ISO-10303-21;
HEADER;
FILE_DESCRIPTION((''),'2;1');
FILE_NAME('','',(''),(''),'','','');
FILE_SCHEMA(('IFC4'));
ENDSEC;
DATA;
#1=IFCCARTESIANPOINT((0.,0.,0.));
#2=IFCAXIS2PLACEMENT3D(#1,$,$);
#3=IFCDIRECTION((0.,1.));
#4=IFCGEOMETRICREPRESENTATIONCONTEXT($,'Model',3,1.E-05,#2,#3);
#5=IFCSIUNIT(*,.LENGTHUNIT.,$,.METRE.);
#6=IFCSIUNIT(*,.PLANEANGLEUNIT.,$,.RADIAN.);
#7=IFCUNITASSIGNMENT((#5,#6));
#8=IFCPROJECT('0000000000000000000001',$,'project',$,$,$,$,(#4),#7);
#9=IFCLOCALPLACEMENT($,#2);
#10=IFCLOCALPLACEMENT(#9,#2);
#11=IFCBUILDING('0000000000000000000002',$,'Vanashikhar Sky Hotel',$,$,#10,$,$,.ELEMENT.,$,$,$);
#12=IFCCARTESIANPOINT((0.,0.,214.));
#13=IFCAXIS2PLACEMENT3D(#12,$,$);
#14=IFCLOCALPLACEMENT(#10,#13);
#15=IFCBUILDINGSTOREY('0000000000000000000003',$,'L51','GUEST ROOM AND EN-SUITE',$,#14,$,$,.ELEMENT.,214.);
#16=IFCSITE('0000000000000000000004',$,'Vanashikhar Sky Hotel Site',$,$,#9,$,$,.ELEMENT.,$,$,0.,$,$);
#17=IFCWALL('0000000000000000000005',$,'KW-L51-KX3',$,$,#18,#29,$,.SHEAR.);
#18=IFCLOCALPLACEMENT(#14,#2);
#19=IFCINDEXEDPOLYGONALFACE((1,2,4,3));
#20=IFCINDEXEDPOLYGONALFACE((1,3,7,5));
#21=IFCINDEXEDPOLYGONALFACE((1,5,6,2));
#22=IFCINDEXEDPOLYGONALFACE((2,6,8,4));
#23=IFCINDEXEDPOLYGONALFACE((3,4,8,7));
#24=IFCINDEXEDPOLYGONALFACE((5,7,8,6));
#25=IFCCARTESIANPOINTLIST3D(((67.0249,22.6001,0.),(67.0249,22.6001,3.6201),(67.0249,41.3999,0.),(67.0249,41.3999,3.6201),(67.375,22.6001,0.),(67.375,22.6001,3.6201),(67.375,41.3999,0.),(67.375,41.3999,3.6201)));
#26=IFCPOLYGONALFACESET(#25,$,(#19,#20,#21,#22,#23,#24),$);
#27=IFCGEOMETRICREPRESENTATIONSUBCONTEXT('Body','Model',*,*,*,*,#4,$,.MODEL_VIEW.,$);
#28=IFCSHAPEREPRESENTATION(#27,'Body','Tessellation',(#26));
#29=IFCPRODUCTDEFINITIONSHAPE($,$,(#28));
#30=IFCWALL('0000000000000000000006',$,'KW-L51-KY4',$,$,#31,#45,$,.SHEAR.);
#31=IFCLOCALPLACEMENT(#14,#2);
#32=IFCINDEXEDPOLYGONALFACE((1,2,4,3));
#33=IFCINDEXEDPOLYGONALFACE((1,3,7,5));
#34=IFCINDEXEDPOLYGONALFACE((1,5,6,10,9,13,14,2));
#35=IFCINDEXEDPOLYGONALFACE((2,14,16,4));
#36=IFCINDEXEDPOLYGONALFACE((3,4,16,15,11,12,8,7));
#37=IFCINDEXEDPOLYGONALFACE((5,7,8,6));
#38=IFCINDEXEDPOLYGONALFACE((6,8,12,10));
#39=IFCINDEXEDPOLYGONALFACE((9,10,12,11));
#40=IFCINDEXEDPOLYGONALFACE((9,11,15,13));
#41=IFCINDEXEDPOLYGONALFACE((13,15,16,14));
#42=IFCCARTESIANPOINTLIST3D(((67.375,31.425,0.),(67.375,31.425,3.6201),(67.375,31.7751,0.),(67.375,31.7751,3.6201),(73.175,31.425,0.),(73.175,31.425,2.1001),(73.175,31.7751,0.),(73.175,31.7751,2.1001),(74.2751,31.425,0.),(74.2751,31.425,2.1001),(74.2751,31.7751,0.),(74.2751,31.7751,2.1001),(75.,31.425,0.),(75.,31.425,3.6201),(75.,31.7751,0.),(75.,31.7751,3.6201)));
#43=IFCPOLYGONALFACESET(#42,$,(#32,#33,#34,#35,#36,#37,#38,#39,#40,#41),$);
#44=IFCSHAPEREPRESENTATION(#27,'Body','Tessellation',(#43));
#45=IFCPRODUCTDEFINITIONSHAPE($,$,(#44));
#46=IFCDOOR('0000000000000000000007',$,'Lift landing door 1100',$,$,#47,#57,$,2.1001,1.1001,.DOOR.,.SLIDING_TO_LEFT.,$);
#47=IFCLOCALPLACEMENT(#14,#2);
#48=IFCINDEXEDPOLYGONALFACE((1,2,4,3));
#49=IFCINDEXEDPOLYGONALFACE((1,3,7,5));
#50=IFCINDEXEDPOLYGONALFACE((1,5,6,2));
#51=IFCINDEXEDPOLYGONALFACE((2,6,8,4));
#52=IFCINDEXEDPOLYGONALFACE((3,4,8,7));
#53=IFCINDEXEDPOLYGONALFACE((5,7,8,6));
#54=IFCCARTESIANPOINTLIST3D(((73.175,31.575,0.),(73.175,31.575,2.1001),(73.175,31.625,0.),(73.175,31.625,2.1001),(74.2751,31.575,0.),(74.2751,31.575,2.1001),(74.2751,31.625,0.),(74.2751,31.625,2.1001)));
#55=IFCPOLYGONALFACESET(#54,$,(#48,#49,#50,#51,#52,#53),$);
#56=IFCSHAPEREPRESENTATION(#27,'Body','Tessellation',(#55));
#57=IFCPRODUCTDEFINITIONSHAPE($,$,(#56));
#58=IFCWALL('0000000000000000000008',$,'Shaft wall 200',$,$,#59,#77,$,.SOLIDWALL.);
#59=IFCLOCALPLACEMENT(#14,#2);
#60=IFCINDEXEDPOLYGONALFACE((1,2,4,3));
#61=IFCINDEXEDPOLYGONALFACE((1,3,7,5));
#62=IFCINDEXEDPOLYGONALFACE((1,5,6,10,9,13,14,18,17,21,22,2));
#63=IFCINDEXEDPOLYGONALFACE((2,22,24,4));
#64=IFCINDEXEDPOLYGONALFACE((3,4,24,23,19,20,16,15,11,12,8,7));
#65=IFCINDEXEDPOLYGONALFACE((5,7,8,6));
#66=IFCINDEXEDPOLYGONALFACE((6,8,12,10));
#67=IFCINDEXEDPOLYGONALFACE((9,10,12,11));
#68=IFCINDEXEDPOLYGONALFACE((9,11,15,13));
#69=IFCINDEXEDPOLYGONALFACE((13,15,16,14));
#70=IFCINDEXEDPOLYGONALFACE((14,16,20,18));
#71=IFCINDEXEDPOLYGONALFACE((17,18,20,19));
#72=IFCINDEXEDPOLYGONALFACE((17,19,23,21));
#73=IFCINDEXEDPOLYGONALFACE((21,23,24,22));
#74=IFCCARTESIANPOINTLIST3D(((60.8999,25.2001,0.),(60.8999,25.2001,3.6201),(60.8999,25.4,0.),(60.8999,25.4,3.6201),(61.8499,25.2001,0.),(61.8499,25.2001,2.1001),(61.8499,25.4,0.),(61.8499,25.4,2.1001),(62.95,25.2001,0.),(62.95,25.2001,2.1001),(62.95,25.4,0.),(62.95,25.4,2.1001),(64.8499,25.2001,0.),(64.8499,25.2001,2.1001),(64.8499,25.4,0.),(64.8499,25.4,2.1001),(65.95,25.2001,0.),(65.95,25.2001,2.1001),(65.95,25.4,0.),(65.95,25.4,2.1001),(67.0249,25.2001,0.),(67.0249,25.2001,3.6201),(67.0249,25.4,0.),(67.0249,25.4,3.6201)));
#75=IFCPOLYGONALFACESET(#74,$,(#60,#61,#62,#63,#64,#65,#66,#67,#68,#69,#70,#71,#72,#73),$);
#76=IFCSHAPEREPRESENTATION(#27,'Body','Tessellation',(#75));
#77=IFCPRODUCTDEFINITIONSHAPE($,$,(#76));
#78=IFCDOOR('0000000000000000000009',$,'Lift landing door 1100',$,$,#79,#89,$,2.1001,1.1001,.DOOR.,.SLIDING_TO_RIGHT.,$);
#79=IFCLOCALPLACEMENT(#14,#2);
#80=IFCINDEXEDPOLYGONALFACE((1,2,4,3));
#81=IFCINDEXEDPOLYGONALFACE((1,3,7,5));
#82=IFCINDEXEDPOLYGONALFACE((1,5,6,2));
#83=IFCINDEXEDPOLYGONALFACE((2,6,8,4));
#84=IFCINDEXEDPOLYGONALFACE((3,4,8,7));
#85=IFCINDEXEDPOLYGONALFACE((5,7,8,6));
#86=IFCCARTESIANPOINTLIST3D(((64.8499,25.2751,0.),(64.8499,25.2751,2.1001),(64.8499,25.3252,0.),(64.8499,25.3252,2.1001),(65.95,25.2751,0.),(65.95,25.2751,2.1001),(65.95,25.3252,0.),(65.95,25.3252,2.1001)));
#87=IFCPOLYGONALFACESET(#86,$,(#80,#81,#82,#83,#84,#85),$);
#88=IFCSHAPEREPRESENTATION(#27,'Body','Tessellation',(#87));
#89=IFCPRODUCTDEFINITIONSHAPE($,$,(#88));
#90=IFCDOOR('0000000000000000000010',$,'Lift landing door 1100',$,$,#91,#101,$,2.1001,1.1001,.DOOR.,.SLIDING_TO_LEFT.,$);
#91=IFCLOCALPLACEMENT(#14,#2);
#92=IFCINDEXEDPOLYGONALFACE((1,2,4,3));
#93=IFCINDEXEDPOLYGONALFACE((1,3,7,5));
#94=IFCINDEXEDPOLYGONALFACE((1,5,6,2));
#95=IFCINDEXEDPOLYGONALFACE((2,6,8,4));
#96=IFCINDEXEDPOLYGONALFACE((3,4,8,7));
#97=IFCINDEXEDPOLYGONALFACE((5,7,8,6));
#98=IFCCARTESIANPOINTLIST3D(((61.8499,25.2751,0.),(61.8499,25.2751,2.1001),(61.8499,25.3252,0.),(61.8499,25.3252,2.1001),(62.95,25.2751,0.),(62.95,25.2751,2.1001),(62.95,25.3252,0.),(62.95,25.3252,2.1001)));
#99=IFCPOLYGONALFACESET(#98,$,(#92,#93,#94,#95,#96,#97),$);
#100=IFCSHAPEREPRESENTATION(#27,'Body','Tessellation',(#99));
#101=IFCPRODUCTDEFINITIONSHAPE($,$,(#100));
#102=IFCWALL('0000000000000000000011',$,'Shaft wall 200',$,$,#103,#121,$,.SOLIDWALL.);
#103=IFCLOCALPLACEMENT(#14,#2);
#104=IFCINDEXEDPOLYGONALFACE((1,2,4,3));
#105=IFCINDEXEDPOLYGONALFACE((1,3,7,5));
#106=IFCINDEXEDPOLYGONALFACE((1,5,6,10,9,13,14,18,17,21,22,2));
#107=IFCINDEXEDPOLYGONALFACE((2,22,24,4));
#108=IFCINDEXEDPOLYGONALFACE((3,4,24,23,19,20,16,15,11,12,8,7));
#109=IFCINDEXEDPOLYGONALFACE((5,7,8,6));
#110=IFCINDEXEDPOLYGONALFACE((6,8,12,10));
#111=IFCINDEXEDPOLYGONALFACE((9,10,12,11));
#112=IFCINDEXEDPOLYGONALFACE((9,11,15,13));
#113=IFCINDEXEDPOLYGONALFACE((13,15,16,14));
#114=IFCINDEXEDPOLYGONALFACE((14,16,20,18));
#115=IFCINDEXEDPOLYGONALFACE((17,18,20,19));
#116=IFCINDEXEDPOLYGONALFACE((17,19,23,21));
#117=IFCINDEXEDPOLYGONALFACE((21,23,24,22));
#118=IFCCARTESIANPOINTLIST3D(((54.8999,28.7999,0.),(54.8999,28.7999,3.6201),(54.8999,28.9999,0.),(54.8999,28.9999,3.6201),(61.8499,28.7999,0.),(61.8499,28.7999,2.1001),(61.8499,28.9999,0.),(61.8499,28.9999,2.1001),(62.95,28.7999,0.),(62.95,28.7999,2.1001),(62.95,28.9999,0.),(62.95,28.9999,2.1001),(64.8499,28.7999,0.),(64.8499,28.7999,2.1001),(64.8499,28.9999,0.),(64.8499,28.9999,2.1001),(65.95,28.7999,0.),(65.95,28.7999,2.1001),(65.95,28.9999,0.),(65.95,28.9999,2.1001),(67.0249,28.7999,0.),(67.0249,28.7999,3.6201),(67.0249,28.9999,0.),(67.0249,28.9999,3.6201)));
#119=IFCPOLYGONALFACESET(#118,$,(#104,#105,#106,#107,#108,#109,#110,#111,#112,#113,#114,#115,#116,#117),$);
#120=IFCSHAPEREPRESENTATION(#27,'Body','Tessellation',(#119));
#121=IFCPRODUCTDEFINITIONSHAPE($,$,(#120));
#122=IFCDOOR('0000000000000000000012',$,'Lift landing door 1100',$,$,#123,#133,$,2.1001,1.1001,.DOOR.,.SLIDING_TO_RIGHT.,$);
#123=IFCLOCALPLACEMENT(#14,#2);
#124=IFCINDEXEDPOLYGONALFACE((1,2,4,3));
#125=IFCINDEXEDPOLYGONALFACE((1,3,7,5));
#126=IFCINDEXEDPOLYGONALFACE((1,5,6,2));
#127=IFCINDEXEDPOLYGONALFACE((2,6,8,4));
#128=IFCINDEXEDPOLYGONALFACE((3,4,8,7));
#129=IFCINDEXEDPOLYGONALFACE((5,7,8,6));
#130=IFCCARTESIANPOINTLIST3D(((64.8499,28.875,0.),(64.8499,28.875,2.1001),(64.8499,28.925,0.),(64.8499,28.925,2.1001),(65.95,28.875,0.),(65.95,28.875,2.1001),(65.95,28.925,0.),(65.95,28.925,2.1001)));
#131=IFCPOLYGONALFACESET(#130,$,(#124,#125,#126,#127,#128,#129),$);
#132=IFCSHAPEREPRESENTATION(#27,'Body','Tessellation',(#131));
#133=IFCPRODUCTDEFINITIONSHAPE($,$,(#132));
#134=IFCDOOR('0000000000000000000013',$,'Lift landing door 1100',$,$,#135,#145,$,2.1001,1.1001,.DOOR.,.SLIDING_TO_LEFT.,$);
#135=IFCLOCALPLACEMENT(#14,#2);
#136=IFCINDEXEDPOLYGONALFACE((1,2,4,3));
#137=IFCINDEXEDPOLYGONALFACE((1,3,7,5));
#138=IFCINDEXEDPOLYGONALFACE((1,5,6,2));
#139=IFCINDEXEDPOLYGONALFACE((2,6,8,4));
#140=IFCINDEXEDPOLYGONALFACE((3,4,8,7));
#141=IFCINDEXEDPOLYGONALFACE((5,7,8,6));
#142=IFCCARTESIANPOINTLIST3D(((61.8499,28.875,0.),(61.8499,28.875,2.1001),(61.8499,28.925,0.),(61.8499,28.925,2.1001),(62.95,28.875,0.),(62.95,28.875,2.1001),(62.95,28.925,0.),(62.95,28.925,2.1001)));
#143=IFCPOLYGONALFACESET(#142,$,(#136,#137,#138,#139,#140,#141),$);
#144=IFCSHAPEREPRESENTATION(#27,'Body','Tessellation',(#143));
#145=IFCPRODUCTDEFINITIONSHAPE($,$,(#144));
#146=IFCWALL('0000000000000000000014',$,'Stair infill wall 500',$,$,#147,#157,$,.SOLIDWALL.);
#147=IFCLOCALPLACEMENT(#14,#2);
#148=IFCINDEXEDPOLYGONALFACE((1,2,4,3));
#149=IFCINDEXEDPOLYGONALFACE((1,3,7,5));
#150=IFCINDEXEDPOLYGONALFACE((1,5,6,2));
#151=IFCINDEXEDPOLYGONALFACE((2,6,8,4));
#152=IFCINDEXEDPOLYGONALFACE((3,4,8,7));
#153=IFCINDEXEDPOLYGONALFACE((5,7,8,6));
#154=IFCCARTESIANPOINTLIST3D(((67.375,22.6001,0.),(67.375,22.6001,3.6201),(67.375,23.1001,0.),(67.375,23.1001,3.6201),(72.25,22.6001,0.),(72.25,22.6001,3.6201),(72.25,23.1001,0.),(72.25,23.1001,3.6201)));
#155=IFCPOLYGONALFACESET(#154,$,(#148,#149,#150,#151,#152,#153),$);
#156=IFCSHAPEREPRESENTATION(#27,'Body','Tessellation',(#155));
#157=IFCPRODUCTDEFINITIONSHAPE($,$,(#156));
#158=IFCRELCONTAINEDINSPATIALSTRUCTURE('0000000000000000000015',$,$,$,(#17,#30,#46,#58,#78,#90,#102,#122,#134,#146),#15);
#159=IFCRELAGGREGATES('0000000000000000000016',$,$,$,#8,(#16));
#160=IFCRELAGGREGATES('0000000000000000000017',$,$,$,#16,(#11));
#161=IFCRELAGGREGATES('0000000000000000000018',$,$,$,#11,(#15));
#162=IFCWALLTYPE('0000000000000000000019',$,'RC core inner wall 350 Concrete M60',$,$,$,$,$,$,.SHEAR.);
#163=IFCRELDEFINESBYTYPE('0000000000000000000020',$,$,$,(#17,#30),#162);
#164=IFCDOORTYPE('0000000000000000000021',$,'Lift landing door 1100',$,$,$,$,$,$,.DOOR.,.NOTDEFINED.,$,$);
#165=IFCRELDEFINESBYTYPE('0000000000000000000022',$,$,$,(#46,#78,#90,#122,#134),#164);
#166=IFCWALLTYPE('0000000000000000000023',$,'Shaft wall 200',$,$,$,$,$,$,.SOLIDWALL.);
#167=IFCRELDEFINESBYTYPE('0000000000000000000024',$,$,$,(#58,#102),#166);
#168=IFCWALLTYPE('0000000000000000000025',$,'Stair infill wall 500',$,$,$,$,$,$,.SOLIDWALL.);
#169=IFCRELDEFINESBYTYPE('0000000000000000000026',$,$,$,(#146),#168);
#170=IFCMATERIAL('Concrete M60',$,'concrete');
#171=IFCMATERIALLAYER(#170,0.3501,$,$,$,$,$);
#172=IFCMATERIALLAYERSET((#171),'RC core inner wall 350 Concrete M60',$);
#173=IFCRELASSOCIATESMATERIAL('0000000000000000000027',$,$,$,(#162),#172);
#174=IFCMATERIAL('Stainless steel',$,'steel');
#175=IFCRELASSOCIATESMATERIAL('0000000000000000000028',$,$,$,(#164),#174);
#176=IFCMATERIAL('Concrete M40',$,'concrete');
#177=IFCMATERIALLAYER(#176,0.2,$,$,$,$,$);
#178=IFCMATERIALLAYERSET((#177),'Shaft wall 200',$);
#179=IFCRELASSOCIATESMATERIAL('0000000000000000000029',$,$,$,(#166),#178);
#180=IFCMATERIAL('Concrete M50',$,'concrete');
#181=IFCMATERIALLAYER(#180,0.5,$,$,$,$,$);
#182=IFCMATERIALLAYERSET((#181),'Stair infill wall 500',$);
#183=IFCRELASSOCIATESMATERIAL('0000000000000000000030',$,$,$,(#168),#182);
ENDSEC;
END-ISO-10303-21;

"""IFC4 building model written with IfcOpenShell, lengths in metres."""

from ifc_helpers import new_model, si_unit, direction, frame, frame_2d, origin, place, context, subcontext, project, spatial, rectangle, extrude, source, transform, mapped, material, layer, layer_set, type_object, element, fill, save


model = new_model("IFC4")

# Units and contexts
model_context = context("Model", 3, precision=1e-05, world=origin(), true_north=direction((0.0, 1.0)))
body_context = subcontext(model_context, "Body", "Model", "MODEL_VIEW")
ifc_project = project(units=[si_unit("LENGTHUNIT", "METRE"), si_unit("PLANEANGLEUNIT", "RADIAN")], contexts=[model_context])

# Site, building, storey
site_placement = place(None, origin())
site = spatial("IfcSite", under=ifc_project, at=site_placement, Name="Vanashikhar Sky Hotel Site", CompositionType="ELEMENT", RefElevation=0.0)
building_placement = place(site_placement, origin())
building = spatial("IfcBuilding", under=site, at=building_placement, Name="Vanashikhar Sky Hotel", CompositionType="ELEMENT")
storey_placement = place(building_placement, frame((0.0, 0.0, 214.0)))
storey = spatial("IfcBuildingStorey", under=building, at=storey_placement, Name="L51", Description="GUEST ROOM AND EN-SUITE", CompositionType="ELEMENT", Elevation=214.0)

# Wall
ifc_material_1 = material(Name="Concrete M60", Category="concrete")
ifc_layer_1 = layer(ifc_material_1, 0.3501)
ifc_layer_set_1 = layer_set([ifc_layer_1], Name="RC core inner wall 350 Concrete M60")
wall_type_1 = type_object("IfcWallType", Name="RC core inner wall 350 Concrete M60", PredefinedType="SHEAR", material=ifc_layer_set_1)
shared_shape_1 = source(origin(), body_context, "Body", "SweptSolid", [
    extrude(rectangle(XDim=18.7998, YDim=0.3501, at=frame_2d((9.3999, 0.0))), origin(), (0.0, 0.0, 1.0), 3.6201),
])
wall_1_placement = place(storey_placement, frame((67.2, 22.6001, 0.0), z_axis=(0.0, 0.0, 1.0), x_axis=(0.0, 1.0, 0.0)))
element("IfcWall", 1, at=wall_1_placement, inside=storey, type_object=wall_type_1, Name="KW-L51-KX3", PredefinedType="SHEAR", context=body_context, shape_type="MappedRepresentation", body=[
    mapped(shared_shape_1, transform((0.0, 0.0, 0.0), scale=1.0)),
])

# Wall, opening, door
shared_shape_2 = source(origin(), body_context, "Body", "SweptSolid", [
    extrude(rectangle(XDim=7.625, YDim=0.3501, at=frame_2d((3.8125, 0.0))), origin(), (0.0, 0.0, 1.0), 3.6201),
])
wall_2_placement = place(storey_placement, frame((67.375, 31.6001, 0.0), z_axis=(0.0, 0.0, 1.0), x_axis=(1.0, 0.0, 0.0)))
wall_2 = element("IfcWall", 2, at=wall_2_placement, inside=storey, type_object=wall_type_1, Name="KW-L51-KY4", PredefinedType="SHEAR", context=body_context, shape_type="MappedRepresentation", body=[
    mapped(shared_shape_2, transform((0.0, 0.0, 0.0), scale=1.0)),
])
shared_shape_3 = source(origin(), body_context, "Body", "SweptSolid", [
    extrude(rectangle(XDim=1.1001, YDim=2.1001, at=frame_2d((0.55, 1.05))), frame((0.0, 0.1851, 0.0), z_axis=(0.0, -1.0, 0.0), x_axis=(1.0, 0.0, 0.0)), (0.0, 0.0, 1.0), 0.3701),
])
opening_1_placement = place(wall_2_placement, frame((5.8, 0.0, 0.0)))
opening_1 = element("IfcOpeningElement", 3, at=opening_1_placement, cuts=wall_2, PredefinedType="OPENING", context=body_context, shape_type="MappedRepresentation", body=[
    mapped(shared_shape_3, transform((0.0, 0.0, 0.0), scale=1.0)),
])
ifc_material_2 = material(Name="Stainless steel", Category="steel")
door_type = type_object("IfcDoorType", Name="Lift landing door 1100", OperationType="NOTDEFINED", PredefinedType="DOOR", material=ifc_material_2)
shared_shape_4 = source(origin(), body_context, "Body", "SweptSolid", [
    extrude(rectangle(XDim=1.1001, YDim=2.1001, at=frame_2d((0.55, 1.05))), frame((0.0, 0.0249, 0.0), z_axis=(0.0, -1.0, 0.0), x_axis=(1.0, 0.0, 0.0)), (0.0, 0.0, 1.0), 0.05),
])
door_1_placement = place(opening_1_placement, origin())
door_1 = element("IfcDoor", 4, at=door_1_placement, inside=storey, type_object=door_type, Name="Lift landing door 1100", OperationType="SLIDING_TO_LEFT", OverallHeight=2.1001, OverallWidth=1.1001, PredefinedType="DOOR", context=body_context, shape_type="MappedRepresentation", body=[
    mapped(shared_shape_4, transform((0.0, 0.0, 0.0), scale=1.0)),
])
fill(opening_1, door_1)

# Walls, openings, doors
ifc_material_3 = material(Name="Concrete M40", Category="concrete")
ifc_layer_2 = layer(ifc_material_3, 0.2)
ifc_layer_set_2 = layer_set([ifc_layer_2], Name="Shaft wall 200")
wall_type_2 = type_object("IfcWallType", Name="Shaft wall 200", PredefinedType="SOLIDWALL", material=ifc_layer_set_2)
shared_shape_5 = source(origin(), body_context, "Body", "SweptSolid", [
    extrude(rectangle(XDim=6.125, YDim=0.2, at=frame_2d((3.0625, 0.0))), origin(), (0.0, 0.0, 1.0), 3.6201),
])
wall_3_placement = place(storey_placement, frame((67.0249, 25.3, 0.0), z_axis=(0.0, 0.0, 1.0), x_axis=(-1.0, 0.0, 0.0)))
wall_3 = element("IfcWall", 5, at=wall_3_placement, inside=storey, type_object=wall_type_2, Name="Shaft wall 200", PredefinedType="SOLIDWALL", context=body_context, shape_type="MappedRepresentation", body=[
    mapped(shared_shape_5, transform((0.0, 0.0, 0.0), scale=1.0)),
])
shared_shape_6 = source(origin(), body_context, "Body", "SweptSolid", [
    extrude(rectangle(XDim=1.1001, YDim=2.1001, at=frame_2d((0.55, 1.05))), frame((0.0, 0.1099, 0.0), z_axis=(0.0, -1.0, 0.0), x_axis=(1.0, 0.0, 0.0)), (0.0, 0.0, 1.0), 0.22),
])
opening_2_placement = place(wall_3_placement, frame((1.075, 0.0, 0.0)))
opening_2 = element("IfcOpeningElement", 6, at=opening_2_placement, cuts=wall_3, PredefinedType="OPENING", context=body_context, shape_type="MappedRepresentation", body=[
    mapped(shared_shape_6, transform((0.0, 0.0, 0.0), scale=1.0)),
])
opening_3_placement = place(wall_3_placement, frame((4.075, 0.0, 0.0)))
opening_3 = element("IfcOpeningElement", 7, at=opening_3_placement, cuts=wall_3, PredefinedType="OPENING", context=body_context, shape_type="MappedRepresentation", body=[
    mapped(shared_shape_6, transform((0.0, 0.0, 0.0), scale=1.0)),
])
door_2_placement = place(opening_2_placement, origin())
door_2 = element("IfcDoor", 8, at=door_2_placement, inside=storey, type_object=door_type, Name="Lift landing door 1100", OperationType="SLIDING_TO_RIGHT", OverallHeight=2.1001, OverallWidth=1.1001, PredefinedType="DOOR", context=body_context, shape_type="MappedRepresentation", body=[
    mapped(shared_shape_4, transform((0.0, 0.0, 0.0), scale=1.0)),
])
fill(opening_2, door_2)
door_3_placement = place(opening_3_placement, origin())
door_3 = element("IfcDoor", 9, at=door_3_placement, inside=storey, type_object=door_type, Name="Lift landing door 1100", OperationType="SLIDING_TO_LEFT", OverallHeight=2.1001, OverallWidth=1.1001, PredefinedType="DOOR", context=body_context, shape_type="MappedRepresentation", body=[
    mapped(shared_shape_4, transform((0.0, 0.0, 0.0), scale=1.0)),
])
fill(opening_3, door_3)
shared_shape_7 = source(origin(), body_context, "Body", "SweptSolid", [
    extrude(rectangle(XDim=12.125, YDim=0.2, at=frame_2d((6.0625, 0.0))), origin(), (0.0, 0.0, 1.0), 3.6201),
])
wall_4_placement = place(storey_placement, frame((67.0249, 28.8999, 0.0), z_axis=(0.0, 0.0, 1.0), x_axis=(-1.0, 0.0, 0.0)))
wall_4 = element("IfcWall", 10, at=wall_4_placement, inside=storey, type_object=wall_type_2, Name="Shaft wall 200", PredefinedType="SOLIDWALL", context=body_context, shape_type="MappedRepresentation", body=[
    mapped(shared_shape_7, transform((0.0, 0.0, 0.0), scale=1.0)),
])
opening_4_placement = place(wall_4_placement, frame((1.075, 0.0, 0.0)))
opening_4 = element("IfcOpeningElement", 11, at=opening_4_placement, cuts=wall_4, PredefinedType="OPENING", context=body_context, shape_type="MappedRepresentation", body=[
    mapped(shared_shape_6, transform((0.0, 0.0, 0.0), scale=1.0)),
])
opening_5_placement = place(wall_4_placement, frame((4.075, 0.0, 0.0)))
opening_5 = element("IfcOpeningElement", 12, at=opening_5_placement, cuts=wall_4, PredefinedType="OPENING", context=body_context, shape_type="MappedRepresentation", body=[
    mapped(shared_shape_6, transform((0.0, 0.0, 0.0), scale=1.0)),
])
door_4_placement = place(opening_4_placement, origin())
door_4 = element("IfcDoor", 13, at=door_4_placement, inside=storey, type_object=door_type, Name="Lift landing door 1100", OperationType="SLIDING_TO_RIGHT", OverallHeight=2.1001, OverallWidth=1.1001, PredefinedType="DOOR", context=body_context, shape_type="MappedRepresentation", body=[
    mapped(shared_shape_4, transform((0.0, 0.0, 0.0), scale=1.0)),
])
fill(opening_4, door_4)
door_5_placement = place(opening_5_placement, origin())
door_5 = element("IfcDoor", 14, at=door_5_placement, inside=storey, type_object=door_type, Name="Lift landing door 1100", OperationType="SLIDING_TO_LEFT", OverallHeight=2.1001, OverallWidth=1.1001, PredefinedType="DOOR", context=body_context, shape_type="MappedRepresentation", body=[
    mapped(shared_shape_4, transform((0.0, 0.0, 0.0), scale=1.0)),
])
fill(opening_5, door_5)

# Wall
ifc_material_4 = material(Name="Concrete M50", Category="concrete")
ifc_layer_3 = layer(ifc_material_4, 0.5)
ifc_layer_set_3 = layer_set([ifc_layer_3], Name="Stair infill wall 500")
wall_type_3 = type_object("IfcWallType", Name="Stair infill wall 500", PredefinedType="SOLIDWALL", material=ifc_layer_set_3)
shared_shape_8 = source(origin(), body_context, "Body", "SweptSolid", [
    extrude(rectangle(XDim=4.875, YDim=0.5, at=frame_2d((2.4375, 0.0))), origin(), (0.0, 0.0, 1.0), 3.6201),
])
wall_5_placement = place(storey_placement, frame((67.375, 22.8501, 0.0), z_axis=(0.0, 0.0, 1.0), x_axis=(1.0, 0.0, 0.0)))
element("IfcWall", 15, at=wall_5_placement, inside=storey, type_object=wall_type_3, Name="Stair infill wall 500", PredefinedType="SOLIDWALL", context=body_context, shape_type="MappedRepresentation", body=[
    mapped(shared_shape_8, transform((0.0, 0.0, 0.0), scale=1.0)),
])

save(model, "model.ifc")
